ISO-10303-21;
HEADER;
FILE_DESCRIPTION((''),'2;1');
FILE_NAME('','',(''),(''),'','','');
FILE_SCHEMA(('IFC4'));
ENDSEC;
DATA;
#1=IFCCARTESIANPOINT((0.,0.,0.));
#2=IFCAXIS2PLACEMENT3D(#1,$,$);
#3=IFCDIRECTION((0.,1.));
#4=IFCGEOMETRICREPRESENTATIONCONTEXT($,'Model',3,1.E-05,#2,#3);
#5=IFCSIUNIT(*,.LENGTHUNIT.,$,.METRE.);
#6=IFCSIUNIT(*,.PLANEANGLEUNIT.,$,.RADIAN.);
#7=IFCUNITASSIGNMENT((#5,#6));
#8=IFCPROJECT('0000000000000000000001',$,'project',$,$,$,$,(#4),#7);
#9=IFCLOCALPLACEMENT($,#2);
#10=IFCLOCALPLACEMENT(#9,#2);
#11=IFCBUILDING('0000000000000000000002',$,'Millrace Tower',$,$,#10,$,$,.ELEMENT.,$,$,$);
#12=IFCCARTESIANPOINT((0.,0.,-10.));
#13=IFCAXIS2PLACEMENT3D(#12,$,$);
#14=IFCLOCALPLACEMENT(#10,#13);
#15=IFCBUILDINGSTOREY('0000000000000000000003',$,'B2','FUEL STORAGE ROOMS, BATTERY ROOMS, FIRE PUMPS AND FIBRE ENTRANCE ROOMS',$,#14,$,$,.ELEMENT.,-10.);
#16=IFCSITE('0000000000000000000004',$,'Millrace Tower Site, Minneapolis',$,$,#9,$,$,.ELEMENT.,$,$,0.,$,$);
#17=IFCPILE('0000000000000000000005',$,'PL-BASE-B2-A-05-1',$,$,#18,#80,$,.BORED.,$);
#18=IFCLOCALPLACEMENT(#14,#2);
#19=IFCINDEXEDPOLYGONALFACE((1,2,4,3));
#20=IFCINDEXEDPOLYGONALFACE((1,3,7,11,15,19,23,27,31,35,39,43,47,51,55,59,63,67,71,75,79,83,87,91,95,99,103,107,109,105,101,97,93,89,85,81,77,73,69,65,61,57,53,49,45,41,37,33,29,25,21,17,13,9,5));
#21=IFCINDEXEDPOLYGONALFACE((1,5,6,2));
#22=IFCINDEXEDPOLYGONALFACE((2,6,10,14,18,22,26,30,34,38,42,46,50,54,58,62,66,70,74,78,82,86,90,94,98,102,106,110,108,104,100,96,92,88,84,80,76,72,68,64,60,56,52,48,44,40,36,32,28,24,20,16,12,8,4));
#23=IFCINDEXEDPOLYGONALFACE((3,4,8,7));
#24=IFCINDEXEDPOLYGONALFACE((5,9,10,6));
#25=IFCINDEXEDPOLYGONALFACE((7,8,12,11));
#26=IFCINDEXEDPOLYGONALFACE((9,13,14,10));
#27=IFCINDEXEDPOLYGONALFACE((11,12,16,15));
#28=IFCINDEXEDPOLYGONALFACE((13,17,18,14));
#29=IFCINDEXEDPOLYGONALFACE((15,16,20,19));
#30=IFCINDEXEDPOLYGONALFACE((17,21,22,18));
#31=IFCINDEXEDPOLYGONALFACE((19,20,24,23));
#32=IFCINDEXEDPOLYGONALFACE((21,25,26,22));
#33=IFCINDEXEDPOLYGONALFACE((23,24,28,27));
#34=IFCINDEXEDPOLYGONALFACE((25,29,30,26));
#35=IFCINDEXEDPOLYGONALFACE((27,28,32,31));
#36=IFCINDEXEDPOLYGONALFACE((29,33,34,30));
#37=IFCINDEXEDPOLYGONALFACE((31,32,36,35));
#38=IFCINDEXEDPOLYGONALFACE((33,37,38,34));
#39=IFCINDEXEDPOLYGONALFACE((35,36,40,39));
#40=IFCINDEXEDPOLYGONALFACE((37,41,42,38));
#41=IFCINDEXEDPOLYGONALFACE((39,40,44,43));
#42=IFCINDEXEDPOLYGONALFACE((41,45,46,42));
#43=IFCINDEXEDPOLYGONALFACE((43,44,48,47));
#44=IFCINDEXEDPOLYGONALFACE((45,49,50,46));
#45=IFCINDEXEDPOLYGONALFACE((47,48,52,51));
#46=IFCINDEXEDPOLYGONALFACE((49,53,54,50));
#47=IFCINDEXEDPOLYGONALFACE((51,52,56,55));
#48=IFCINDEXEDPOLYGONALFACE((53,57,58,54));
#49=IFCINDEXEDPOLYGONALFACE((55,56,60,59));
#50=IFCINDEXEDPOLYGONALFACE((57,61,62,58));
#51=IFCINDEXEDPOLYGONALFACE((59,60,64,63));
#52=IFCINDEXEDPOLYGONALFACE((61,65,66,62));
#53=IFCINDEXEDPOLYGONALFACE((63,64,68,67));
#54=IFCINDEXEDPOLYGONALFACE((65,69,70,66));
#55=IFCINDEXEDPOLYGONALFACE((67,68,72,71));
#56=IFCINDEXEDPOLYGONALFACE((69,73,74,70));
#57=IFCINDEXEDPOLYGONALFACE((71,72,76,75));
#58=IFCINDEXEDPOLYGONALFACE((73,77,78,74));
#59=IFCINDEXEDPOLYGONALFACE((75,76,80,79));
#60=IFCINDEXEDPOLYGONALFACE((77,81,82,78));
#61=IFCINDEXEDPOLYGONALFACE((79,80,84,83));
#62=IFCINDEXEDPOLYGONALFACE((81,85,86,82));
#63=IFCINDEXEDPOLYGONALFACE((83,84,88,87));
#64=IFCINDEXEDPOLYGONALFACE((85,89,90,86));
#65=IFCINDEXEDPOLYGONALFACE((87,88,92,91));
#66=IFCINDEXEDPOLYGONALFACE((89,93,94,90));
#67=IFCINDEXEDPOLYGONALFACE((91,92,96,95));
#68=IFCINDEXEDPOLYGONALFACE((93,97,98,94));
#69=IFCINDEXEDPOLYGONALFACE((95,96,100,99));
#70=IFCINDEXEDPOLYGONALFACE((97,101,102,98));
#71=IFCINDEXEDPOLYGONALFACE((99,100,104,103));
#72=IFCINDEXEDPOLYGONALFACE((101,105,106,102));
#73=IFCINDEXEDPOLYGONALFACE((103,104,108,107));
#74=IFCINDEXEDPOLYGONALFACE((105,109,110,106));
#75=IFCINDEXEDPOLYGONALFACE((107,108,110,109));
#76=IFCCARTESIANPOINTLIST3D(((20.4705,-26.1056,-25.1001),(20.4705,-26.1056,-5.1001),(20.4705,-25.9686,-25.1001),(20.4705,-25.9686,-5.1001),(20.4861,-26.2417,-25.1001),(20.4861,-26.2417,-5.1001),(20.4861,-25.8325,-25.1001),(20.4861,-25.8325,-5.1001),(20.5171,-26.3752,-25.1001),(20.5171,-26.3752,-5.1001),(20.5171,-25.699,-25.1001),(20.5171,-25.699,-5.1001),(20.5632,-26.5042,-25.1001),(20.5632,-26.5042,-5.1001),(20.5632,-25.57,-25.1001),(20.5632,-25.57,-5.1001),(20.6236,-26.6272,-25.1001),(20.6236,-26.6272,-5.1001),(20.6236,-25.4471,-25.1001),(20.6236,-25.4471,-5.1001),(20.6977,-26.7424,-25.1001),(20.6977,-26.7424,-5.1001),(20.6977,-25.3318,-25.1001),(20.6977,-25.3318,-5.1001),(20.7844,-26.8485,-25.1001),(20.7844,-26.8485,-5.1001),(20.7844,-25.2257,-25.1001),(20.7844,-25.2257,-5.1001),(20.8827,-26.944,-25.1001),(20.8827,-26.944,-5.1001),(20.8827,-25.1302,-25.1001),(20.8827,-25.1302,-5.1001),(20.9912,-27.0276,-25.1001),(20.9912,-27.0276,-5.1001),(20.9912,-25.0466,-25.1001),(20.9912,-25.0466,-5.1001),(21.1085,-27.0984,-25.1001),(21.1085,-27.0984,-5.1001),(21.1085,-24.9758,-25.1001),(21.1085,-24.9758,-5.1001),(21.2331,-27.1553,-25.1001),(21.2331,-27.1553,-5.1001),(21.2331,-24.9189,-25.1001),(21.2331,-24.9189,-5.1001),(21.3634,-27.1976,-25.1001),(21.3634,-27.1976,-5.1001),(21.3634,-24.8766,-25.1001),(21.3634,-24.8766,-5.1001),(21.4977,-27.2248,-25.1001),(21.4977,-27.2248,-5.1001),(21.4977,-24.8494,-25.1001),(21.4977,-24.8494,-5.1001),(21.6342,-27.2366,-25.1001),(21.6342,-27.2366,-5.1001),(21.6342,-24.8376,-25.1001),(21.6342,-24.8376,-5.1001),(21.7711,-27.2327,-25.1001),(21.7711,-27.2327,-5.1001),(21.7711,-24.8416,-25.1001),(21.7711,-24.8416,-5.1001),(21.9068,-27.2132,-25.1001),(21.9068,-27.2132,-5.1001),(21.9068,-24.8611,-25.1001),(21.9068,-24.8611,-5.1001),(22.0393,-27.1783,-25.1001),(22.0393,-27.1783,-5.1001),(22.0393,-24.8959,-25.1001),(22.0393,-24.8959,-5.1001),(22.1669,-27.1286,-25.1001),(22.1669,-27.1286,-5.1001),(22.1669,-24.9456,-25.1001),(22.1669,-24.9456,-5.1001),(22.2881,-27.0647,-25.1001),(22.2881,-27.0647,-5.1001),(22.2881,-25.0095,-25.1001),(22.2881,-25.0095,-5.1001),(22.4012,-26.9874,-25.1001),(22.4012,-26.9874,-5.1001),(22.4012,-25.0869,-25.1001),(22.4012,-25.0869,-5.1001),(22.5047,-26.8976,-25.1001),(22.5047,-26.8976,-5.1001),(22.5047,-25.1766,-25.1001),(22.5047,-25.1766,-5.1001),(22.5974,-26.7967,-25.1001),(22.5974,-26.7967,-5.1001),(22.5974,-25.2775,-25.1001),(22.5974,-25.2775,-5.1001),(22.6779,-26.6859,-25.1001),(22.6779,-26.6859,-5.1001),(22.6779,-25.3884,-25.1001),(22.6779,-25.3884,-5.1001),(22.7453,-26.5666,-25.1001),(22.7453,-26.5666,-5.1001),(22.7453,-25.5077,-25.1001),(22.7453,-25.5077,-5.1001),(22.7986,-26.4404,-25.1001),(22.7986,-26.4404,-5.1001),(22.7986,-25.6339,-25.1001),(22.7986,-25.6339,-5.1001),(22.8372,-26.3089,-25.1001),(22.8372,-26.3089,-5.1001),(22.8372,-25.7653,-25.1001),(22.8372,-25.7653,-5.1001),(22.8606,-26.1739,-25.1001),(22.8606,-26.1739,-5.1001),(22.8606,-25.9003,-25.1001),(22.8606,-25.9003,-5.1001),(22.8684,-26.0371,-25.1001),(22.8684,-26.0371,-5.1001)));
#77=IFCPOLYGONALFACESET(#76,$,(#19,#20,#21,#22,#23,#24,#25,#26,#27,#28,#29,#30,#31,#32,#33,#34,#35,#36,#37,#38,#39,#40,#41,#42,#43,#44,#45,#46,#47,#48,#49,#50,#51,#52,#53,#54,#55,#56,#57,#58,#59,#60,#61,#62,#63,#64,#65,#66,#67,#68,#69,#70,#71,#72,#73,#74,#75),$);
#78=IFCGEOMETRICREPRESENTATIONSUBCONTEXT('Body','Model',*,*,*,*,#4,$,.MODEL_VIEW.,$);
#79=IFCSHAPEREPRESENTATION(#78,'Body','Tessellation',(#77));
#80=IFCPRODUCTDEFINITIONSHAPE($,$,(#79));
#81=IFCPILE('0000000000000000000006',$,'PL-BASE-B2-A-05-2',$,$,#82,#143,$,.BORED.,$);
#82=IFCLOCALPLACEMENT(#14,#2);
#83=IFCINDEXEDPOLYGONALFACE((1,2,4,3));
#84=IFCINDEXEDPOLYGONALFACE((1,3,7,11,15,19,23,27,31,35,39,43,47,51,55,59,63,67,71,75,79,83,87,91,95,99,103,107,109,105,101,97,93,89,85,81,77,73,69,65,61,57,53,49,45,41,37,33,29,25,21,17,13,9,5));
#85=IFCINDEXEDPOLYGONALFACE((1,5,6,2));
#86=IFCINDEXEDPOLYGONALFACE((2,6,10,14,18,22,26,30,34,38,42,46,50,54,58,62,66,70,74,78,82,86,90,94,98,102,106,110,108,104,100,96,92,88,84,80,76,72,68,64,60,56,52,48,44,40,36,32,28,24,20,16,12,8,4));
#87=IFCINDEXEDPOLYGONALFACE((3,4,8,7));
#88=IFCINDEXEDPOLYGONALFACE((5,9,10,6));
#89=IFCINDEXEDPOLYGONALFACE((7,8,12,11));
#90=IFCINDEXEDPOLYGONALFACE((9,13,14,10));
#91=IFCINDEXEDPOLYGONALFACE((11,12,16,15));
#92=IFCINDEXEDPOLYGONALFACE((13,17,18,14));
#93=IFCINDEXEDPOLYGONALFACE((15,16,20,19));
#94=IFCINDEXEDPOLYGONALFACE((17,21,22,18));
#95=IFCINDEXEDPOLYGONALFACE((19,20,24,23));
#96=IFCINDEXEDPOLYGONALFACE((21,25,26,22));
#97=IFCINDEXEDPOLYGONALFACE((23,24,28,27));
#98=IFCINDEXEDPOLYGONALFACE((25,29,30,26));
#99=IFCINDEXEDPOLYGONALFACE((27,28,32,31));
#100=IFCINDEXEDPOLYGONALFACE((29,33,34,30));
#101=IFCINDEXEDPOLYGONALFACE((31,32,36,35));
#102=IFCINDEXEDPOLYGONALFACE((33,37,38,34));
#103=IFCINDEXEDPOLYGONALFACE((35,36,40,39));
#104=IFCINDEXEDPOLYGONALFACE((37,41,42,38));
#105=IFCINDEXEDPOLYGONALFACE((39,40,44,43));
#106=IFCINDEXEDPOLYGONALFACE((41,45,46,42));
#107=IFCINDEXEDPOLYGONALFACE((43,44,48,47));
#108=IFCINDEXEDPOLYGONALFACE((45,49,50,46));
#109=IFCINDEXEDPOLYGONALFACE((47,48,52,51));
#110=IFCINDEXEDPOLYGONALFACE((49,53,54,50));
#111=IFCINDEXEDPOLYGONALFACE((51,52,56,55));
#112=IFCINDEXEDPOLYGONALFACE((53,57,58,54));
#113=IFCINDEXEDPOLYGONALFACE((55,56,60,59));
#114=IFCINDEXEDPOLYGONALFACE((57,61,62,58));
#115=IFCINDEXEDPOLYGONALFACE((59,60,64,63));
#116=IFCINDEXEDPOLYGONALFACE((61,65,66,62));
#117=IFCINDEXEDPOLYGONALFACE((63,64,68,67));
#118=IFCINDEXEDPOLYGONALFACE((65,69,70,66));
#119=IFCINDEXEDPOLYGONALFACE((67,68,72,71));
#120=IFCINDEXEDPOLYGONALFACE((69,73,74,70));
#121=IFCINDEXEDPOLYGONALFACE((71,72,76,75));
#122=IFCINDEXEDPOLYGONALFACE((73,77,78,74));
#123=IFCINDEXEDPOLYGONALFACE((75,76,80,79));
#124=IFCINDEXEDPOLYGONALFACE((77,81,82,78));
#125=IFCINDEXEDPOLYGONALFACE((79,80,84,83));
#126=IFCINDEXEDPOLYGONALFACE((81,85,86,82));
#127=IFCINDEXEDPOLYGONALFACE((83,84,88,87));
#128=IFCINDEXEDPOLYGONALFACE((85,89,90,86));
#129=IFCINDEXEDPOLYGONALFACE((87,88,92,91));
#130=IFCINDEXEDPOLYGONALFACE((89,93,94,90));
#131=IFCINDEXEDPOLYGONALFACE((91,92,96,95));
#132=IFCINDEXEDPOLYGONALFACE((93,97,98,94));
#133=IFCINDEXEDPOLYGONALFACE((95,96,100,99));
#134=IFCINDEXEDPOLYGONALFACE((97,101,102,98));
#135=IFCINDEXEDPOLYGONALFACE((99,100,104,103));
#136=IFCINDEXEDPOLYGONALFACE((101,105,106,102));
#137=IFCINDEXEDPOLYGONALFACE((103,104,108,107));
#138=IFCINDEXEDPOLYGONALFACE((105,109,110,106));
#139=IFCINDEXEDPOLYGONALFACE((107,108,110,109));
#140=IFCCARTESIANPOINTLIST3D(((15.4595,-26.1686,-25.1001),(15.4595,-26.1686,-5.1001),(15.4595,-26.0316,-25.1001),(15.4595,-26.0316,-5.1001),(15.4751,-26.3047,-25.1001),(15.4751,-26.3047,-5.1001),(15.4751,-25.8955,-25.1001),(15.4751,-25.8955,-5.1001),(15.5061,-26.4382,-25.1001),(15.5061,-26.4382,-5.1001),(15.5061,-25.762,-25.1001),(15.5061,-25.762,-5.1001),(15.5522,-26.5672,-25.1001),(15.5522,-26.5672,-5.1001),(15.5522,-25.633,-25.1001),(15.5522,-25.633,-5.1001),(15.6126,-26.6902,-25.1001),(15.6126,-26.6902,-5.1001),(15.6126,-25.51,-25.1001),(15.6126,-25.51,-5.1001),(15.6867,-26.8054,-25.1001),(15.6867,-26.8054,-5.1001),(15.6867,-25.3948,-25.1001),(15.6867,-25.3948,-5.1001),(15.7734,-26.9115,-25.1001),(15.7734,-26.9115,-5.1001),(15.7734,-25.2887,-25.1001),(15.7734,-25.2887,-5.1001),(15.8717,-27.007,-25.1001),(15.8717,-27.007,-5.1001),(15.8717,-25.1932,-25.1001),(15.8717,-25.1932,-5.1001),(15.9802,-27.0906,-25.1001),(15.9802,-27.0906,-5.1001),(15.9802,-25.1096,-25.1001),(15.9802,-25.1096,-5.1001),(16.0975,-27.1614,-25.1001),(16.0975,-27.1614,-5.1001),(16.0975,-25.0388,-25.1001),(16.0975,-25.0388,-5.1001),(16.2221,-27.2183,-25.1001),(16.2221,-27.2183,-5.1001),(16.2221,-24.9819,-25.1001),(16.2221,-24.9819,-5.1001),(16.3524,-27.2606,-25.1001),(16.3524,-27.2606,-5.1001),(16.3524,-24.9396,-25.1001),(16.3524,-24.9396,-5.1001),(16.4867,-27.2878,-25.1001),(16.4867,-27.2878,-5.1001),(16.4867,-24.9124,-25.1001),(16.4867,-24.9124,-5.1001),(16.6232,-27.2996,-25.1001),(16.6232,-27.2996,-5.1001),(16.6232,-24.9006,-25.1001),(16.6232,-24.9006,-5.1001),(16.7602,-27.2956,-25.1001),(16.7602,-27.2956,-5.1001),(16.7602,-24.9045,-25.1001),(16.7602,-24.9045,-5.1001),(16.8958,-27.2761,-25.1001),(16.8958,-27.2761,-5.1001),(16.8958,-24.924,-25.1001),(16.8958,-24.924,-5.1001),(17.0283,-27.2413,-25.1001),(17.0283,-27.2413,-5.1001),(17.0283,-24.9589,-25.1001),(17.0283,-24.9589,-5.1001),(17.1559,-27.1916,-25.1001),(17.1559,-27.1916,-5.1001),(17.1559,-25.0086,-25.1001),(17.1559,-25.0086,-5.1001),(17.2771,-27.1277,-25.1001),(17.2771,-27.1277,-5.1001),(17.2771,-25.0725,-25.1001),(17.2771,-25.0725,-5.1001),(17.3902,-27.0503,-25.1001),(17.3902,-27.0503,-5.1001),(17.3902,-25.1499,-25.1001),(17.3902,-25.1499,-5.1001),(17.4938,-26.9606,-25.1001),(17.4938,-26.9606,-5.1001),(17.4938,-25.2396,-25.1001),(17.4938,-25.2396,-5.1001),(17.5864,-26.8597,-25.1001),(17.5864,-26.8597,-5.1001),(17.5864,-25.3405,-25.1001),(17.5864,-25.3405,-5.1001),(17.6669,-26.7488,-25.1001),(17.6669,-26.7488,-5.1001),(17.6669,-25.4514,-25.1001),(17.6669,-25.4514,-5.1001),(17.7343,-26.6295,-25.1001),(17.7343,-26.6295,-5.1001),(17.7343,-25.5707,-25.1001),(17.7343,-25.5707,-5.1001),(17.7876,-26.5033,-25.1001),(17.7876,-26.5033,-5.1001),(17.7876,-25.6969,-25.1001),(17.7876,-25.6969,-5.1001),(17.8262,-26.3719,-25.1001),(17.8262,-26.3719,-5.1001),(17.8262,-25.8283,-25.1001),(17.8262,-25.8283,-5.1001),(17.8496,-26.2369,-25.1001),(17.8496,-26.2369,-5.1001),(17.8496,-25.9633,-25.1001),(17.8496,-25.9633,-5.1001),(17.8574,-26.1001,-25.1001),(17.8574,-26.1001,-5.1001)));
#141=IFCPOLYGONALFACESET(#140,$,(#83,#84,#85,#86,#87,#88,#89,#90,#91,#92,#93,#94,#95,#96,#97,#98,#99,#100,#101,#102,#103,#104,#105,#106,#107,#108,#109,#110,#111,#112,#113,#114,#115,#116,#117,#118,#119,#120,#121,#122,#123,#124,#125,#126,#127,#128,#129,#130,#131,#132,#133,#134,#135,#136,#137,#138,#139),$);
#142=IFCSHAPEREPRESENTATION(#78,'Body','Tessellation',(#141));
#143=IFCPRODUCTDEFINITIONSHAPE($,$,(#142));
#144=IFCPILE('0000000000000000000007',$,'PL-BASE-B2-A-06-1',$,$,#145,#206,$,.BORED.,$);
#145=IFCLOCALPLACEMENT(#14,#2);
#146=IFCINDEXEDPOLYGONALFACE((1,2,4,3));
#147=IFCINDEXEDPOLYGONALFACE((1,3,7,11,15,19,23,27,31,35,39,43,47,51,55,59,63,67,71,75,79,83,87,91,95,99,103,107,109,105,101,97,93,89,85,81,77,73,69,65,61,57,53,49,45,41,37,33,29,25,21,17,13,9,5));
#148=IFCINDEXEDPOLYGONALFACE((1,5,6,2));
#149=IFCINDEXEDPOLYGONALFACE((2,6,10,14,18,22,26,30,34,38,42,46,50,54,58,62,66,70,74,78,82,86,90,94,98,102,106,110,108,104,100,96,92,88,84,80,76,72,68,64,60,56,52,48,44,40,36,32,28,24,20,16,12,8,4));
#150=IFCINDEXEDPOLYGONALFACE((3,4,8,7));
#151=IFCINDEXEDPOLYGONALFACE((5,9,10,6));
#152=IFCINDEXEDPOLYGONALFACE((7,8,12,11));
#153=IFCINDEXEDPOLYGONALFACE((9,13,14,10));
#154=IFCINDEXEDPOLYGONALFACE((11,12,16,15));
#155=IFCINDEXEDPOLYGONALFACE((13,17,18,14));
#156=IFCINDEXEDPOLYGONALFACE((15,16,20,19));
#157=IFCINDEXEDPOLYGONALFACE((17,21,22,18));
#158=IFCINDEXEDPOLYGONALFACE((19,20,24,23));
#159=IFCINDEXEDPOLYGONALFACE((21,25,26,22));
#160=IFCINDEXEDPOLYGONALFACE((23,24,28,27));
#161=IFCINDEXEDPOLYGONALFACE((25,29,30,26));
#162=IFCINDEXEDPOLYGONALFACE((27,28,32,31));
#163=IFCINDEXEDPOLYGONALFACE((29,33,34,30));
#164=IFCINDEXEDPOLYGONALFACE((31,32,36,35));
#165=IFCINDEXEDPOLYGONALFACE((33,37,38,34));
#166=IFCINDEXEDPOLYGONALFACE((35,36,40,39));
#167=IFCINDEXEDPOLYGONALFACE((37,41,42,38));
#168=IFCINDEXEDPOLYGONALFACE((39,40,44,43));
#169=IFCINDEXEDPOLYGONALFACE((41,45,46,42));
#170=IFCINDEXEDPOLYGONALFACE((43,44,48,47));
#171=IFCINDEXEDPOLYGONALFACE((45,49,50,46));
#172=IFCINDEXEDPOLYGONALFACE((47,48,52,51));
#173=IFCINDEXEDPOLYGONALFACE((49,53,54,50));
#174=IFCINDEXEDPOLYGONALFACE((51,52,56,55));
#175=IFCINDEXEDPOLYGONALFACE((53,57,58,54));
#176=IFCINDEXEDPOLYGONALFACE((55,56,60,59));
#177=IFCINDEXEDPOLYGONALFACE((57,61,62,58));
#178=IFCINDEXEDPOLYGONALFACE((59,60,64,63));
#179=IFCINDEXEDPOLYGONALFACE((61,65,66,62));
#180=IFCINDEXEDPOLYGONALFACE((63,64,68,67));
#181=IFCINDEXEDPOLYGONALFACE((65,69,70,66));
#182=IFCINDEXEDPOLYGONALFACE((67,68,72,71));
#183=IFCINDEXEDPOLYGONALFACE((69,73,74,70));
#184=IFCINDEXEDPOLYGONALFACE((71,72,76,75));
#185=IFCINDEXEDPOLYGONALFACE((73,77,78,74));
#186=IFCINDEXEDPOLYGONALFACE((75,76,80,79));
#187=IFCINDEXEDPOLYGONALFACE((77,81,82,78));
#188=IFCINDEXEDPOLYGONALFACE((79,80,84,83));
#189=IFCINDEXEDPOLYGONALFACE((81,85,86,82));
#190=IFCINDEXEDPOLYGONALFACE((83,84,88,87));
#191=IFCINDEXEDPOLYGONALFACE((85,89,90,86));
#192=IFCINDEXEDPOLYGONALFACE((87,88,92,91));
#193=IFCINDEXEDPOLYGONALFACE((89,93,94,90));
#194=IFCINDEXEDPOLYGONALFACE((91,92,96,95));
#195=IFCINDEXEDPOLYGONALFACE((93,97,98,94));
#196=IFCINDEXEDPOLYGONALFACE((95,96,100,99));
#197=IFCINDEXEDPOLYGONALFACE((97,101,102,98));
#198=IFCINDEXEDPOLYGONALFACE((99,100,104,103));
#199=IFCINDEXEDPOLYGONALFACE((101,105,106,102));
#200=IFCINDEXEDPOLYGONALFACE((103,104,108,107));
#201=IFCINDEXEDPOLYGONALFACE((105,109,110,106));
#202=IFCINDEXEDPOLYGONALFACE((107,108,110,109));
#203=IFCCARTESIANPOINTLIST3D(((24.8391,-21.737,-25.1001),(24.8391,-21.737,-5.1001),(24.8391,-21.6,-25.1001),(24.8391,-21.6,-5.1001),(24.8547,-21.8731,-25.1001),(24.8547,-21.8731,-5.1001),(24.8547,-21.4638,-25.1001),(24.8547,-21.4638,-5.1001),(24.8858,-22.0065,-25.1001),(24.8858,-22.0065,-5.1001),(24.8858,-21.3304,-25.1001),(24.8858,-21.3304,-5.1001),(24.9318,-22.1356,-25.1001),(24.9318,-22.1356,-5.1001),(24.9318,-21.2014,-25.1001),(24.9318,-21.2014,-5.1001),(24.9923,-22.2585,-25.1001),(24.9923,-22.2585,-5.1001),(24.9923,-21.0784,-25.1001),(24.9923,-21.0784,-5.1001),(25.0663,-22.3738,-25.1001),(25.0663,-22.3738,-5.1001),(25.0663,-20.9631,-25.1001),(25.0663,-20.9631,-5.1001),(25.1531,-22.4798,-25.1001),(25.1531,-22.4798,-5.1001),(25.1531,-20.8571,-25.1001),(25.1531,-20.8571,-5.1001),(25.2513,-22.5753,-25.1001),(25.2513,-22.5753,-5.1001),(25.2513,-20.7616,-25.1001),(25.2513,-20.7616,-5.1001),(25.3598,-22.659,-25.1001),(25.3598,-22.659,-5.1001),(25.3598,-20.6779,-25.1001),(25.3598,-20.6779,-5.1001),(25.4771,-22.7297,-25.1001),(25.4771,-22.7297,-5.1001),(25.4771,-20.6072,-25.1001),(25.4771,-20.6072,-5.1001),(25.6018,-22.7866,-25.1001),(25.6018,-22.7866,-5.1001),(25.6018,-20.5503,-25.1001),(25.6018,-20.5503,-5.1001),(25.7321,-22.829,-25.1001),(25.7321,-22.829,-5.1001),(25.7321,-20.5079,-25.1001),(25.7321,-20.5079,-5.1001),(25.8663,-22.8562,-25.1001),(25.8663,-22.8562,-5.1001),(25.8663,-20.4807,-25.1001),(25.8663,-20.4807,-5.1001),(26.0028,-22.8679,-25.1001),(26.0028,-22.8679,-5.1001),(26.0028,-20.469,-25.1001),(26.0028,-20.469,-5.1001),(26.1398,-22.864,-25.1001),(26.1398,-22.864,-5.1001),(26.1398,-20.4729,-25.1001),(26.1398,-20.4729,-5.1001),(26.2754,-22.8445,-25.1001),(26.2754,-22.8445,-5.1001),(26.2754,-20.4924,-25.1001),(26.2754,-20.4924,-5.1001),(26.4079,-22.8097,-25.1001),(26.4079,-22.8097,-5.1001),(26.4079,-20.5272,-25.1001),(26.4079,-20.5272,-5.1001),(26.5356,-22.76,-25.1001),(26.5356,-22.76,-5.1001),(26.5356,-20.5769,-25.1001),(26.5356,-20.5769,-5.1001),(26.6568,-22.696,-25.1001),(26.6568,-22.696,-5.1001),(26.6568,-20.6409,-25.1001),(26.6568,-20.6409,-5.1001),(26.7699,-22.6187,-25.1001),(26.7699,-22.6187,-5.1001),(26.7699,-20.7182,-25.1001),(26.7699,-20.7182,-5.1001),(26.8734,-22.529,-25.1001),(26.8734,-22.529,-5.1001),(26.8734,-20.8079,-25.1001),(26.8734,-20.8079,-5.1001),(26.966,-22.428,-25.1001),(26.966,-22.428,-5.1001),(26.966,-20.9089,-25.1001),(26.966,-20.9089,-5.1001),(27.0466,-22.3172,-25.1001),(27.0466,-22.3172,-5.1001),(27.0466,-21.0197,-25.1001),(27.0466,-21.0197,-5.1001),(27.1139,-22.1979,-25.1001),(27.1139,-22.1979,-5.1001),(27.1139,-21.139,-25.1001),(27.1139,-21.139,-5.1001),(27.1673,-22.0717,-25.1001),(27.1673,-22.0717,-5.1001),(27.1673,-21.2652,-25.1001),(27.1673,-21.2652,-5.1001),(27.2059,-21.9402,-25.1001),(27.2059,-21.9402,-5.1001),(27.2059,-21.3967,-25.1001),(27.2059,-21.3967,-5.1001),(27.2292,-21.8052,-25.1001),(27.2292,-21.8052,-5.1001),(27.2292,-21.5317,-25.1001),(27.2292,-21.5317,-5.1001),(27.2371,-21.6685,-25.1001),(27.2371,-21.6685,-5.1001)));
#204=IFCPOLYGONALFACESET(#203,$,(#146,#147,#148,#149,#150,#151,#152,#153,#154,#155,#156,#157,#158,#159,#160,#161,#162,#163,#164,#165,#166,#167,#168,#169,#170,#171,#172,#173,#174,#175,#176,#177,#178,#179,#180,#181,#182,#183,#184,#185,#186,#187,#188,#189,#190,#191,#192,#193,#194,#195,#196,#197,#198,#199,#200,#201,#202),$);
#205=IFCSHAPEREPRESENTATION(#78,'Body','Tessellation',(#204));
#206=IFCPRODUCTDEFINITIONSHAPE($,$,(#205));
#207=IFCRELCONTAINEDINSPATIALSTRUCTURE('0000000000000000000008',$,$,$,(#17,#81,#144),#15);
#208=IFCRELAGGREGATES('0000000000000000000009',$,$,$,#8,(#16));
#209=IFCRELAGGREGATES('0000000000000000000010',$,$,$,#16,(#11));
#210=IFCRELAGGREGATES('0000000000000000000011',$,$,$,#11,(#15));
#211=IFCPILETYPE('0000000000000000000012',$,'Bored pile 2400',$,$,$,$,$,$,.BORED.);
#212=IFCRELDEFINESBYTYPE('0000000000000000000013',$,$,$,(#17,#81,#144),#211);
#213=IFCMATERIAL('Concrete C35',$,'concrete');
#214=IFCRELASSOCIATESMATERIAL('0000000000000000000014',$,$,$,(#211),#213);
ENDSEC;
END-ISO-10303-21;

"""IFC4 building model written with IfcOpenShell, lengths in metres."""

from ifc_helpers import new_model, si_unit, direction, frame, origin, origin_2d, place, context, subcontext, project, spatial, circle, extrude, material, material_profile, profile_set, type_object, element, save


model = new_model("IFC4")

# Units and contexts
model_context = context("Model", 3, precision=1e-05, world=origin(), true_north=direction((0.0, 1.0)))
body_context = subcontext(model_context, "Body", "Model", "MODEL_VIEW")
ifc_project = project(units=[si_unit("LENGTHUNIT", "METRE"), si_unit("PLANEANGLEUNIT", "RADIAN")], contexts=[model_context])

# Site, building, storey
site_placement = place(None, origin())
site = spatial("IfcSite", under=ifc_project, at=site_placement, Name="Millrace Tower Site, Minneapolis", CompositionType="ELEMENT", RefElevation=0.0)
building_placement = place(site_placement, origin())
building = spatial("IfcBuilding", under=site, at=building_placement, Name="Millrace Tower", CompositionType="ELEMENT")
storey_placement = place(building_placement, frame((0.0, 0.0, -10.0)))
storey = spatial("IfcBuildingStorey", under=building, at=storey_placement, Name="B2", Description="FUEL STORAGE ROOMS, BATTERY ROOMS, FIRE PUMPS AND FIBRE ENTRANCE ROOMS", CompositionType="ELEMENT", Elevation=-10.0)

# Piles
ifc_material_1 = material(Name="Concrete C35", Category="concrete")
ifc_material_profile_1 = material_profile(ifc_material_1, circle(Radius=1.2, at=origin_2d()))
ifc_profile_set_1 = profile_set([ifc_material_profile_1], Name="Concrete C35")
pile_type = type_object("IfcPileType", Name="Bored pile 2400", PredefinedType="BORED", material=ifc_profile_set_1)
for number, where, z_axis, x_axis, name in (
    (1, (21.6685, -26.0371, -5.1001), (0.0, 0.0, -1.0), (1.0, 0.0, 0.0), "PL-BASE-B2-A-05-1"),
    (2, (16.6575, -26.1001, -5.1001), (0.0, 0.0, -1.0), (1.0, 0.0, 0.0), "PL-BASE-B2-A-05-2"),
    (3, (26.0371, -21.6685, -5.1001), (0.0, 0.0, -1.0), (1.0, 0.0, 0.0), "PL-BASE-B2-A-06-1"),
):
    element("IfcPile", number, at=place(storey_placement, frame(where, z_axis=z_axis, x_axis=x_axis)), inside=storey, type_object=pile_type, Name=name, PredefinedType="BORED", context=body_context, shape_type="SweptSolid", body=[
        extrude(circle(Radius=1.2, at=origin_2d()), origin(), (0.0, 0.0, 1.0), 20.0),
    ])

save(model, "model.ifc")
